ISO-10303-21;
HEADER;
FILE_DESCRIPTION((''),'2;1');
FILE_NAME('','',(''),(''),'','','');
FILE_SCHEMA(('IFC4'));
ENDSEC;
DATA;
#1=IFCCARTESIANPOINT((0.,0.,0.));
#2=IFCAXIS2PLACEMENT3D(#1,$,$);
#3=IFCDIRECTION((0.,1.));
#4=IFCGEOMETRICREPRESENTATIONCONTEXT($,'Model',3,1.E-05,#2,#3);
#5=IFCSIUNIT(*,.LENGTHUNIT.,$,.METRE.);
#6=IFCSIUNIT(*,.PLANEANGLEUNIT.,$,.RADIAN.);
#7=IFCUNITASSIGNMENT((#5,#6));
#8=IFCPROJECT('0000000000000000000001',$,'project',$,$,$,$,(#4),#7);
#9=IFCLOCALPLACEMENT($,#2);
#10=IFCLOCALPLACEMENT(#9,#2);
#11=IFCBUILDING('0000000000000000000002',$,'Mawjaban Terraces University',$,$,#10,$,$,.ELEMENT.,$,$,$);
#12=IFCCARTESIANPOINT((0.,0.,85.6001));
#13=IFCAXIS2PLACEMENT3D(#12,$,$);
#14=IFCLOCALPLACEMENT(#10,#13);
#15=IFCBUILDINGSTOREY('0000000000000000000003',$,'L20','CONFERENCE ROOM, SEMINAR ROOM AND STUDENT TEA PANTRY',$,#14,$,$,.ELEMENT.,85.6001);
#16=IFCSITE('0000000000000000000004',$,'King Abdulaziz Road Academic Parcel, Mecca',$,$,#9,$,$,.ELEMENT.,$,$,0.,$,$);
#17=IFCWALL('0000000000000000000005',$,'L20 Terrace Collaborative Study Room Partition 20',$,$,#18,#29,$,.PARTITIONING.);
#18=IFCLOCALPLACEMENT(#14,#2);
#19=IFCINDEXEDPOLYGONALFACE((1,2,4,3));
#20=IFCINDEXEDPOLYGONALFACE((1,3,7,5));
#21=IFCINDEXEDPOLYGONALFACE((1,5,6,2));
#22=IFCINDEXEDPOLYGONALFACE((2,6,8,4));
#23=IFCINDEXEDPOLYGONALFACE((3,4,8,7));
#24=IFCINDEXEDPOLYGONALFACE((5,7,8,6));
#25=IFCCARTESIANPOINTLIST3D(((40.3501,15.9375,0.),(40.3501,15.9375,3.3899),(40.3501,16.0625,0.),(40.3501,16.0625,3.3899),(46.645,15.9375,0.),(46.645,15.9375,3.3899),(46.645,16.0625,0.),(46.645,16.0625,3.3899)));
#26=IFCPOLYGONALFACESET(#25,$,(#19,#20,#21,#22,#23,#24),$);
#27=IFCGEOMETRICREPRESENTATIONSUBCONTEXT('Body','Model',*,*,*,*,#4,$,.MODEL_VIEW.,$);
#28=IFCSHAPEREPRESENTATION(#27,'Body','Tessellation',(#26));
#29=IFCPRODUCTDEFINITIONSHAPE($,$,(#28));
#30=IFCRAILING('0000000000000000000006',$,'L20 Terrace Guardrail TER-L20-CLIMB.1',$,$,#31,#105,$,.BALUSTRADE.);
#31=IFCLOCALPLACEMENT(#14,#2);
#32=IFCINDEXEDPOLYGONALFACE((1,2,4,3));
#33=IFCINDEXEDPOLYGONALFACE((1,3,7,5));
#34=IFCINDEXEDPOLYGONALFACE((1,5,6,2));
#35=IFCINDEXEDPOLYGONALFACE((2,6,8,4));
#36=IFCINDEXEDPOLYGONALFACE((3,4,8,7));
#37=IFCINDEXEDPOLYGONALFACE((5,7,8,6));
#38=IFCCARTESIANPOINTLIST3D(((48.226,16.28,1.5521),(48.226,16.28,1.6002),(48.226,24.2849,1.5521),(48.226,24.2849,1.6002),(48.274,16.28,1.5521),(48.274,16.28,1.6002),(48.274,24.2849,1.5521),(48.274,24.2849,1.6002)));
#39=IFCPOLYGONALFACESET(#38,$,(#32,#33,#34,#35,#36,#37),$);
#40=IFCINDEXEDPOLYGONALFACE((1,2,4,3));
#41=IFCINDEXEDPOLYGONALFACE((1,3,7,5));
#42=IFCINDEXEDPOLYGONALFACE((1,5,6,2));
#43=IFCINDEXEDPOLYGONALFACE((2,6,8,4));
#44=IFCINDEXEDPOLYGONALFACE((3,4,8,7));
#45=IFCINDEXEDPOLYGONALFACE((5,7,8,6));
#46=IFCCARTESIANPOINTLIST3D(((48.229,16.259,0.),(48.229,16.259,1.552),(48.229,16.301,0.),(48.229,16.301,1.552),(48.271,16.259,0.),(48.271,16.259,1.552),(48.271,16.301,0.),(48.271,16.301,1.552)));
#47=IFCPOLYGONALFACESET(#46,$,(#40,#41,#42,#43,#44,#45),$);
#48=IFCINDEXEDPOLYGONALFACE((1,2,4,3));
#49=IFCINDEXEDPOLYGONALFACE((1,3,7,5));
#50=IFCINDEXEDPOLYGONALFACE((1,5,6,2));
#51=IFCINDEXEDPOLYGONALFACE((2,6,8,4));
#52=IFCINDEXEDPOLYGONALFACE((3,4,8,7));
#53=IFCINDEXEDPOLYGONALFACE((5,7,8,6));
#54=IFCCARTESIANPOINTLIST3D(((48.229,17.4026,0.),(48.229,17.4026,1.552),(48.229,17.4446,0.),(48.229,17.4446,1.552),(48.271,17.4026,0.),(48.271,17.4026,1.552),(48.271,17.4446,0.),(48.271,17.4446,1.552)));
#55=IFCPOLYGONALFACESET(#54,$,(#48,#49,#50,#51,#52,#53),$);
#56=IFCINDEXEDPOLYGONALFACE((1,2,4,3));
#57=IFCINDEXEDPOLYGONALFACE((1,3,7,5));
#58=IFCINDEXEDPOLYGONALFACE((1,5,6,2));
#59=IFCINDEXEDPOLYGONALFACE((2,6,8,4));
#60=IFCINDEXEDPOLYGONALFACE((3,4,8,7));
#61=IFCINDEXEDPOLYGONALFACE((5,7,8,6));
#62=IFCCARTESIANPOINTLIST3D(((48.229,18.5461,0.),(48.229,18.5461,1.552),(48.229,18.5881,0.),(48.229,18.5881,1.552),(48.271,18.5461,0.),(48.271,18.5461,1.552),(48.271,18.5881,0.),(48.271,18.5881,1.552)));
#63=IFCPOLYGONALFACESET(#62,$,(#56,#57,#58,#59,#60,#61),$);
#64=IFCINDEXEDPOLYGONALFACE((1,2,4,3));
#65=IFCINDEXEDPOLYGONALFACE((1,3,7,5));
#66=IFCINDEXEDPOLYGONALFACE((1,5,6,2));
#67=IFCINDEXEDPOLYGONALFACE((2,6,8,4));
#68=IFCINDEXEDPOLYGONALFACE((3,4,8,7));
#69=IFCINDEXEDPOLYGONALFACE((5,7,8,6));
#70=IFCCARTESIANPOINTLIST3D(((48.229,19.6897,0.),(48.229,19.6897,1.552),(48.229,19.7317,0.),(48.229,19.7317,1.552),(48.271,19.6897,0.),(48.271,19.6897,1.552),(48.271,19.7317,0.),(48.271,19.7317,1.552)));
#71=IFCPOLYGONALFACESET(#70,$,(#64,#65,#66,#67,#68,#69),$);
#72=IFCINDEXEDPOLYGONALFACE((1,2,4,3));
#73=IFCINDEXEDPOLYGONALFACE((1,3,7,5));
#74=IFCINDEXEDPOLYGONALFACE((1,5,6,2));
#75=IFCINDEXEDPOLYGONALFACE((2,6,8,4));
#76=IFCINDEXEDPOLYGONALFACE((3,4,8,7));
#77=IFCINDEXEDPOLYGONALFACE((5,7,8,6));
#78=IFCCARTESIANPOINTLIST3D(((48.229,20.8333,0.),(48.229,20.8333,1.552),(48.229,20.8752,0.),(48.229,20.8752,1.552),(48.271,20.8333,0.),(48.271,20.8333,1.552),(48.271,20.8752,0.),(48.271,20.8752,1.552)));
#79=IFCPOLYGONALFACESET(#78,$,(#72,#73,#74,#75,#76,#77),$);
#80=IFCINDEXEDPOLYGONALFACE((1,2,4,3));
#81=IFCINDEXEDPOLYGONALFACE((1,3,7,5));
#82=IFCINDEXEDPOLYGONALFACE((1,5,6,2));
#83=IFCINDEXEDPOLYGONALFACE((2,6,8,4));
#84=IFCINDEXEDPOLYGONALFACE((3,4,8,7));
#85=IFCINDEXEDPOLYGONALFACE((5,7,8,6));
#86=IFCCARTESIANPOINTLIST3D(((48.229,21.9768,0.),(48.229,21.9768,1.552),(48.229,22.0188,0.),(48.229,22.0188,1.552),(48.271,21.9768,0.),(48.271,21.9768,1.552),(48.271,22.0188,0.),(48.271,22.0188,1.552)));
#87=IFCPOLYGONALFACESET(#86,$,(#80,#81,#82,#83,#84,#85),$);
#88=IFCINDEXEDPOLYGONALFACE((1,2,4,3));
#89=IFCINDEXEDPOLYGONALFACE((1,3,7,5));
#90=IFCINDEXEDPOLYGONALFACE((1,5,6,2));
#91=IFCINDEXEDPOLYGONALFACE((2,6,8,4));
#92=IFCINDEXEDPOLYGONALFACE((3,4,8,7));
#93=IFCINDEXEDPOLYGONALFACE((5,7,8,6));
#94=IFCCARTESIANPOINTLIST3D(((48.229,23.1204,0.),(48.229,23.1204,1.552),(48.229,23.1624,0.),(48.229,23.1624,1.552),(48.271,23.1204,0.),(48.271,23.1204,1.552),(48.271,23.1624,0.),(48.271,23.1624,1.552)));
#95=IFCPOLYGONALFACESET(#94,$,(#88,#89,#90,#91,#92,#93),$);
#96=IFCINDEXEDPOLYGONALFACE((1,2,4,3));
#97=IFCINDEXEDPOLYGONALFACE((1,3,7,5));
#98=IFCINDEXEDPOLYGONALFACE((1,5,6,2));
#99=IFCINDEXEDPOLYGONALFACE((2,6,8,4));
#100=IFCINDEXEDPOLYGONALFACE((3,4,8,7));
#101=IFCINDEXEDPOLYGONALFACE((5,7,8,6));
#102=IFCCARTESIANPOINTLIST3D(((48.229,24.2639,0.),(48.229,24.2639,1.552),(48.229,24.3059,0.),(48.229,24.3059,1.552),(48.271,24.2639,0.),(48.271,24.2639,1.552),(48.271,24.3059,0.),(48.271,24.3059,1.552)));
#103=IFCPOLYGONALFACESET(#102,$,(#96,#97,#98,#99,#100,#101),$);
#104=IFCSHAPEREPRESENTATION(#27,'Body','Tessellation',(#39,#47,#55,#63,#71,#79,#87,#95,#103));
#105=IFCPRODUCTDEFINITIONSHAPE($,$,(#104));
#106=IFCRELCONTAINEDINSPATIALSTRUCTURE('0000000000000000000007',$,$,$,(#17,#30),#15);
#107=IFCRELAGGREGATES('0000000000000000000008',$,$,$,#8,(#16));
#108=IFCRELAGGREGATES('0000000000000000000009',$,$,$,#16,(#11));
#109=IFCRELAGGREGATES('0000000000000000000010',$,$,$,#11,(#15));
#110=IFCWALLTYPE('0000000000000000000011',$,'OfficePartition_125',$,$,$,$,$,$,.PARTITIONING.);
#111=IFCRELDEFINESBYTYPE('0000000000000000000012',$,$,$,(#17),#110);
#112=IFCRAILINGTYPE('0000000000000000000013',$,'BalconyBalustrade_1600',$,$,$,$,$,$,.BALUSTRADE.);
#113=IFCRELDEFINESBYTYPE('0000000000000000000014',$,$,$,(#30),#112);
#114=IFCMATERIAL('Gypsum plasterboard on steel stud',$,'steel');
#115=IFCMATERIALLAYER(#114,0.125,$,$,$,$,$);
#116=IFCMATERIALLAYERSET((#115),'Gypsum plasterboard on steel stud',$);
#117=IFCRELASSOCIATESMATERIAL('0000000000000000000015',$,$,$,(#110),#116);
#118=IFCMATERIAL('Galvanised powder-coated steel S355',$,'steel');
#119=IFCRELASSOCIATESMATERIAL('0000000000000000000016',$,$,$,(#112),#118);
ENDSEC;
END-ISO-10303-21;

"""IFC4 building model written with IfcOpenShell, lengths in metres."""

from ifc_helpers import new_model, si_unit, direction, frame, frame_2d, origin, origin_2d, place, context, subcontext, project, spatial, rectangle, extrude, material, layer, layer_set, type_object, element, save


model = new_model("IFC4")

# Units and contexts
model_context = context("Model", 3, precision=1e-05, world=origin(), true_north=direction((0.0, 1.0)))
body_context = subcontext(model_context, "Body", "Model", "MODEL_VIEW")
ifc_project = project(units=[si_unit("LENGTHUNIT", "METRE"), si_unit("PLANEANGLEUNIT", "RADIAN")], contexts=[model_context])

# Site, building, storey
site_placement = place(None, origin())
site = spatial("IfcSite", under=ifc_project, at=site_placement, Name="King Abdulaziz Road Academic Parcel, Mecca", CompositionType="ELEMENT", RefElevation=0.0)
building_placement = place(site_placement, origin())
building = spatial("IfcBuilding", under=site, at=building_placement, Name="Mawjaban Terraces University", CompositionType="ELEMENT")
storey_placement = place(building_placement, frame((0.0, 0.0, 85.6001)))
storey = spatial("IfcBuildingStorey", under=building, at=storey_placement, Name="L20", Description="CONFERENCE ROOM, SEMINAR ROOM AND STUDENT TEA PANTRY", CompositionType="ELEMENT", Elevation=85.6001)

# Wall
ifc_material_1 = material(Name="Gypsum plasterboard on steel stud", Category="steel")
ifc_layer_1 = layer(ifc_material_1, 0.125)
ifc_layer_set_1 = layer_set([ifc_layer_1], Name="Gypsum plasterboard on steel stud")
wall_type_1 = type_object("IfcWallType", Name="OfficePartition_125", PredefinedType="PARTITIONING", material=ifc_layer_set_1)
wall_1_placement = place(storey_placement, frame((40.3501, 16.0, 0.0), z_axis=(0.0, 0.0, 1.0), x_axis=(1.0, 0.0, 0.0)))
element("IfcWall", 1, at=wall_1_placement, inside=storey, type_object=wall_type_1, Name="L20 Terrace Collaborative Study Room Partition 20", PredefinedType="PARTITIONING", context=body_context, shape_type="SweptSolid", body=[
    extrude(rectangle(XDim=6.2949, YDim=0.125, at=frame_2d((3.1475, 0.0))), origin(), (0.0, 0.0, 1.0), 3.3899),
])

# Railing
ifc_material_2 = material(Name="Galvanised powder-coated steel S355", Category="steel")
railing_type = type_object("IfcRailingType", Name="BalconyBalustrade_1600", PredefinedType="BALUSTRADE", material=ifc_material_2)
railing_1_placement = place(storey_placement, frame((48.25, 16.28, 0.0)))
element("IfcRailing", 2, at=railing_1_placement, inside=storey, type_object=railing_type, Name="L20 Terrace Guardrail TER-L20-CLIMB.1", PredefinedType="BALUSTRADE", context=body_context, shape_type="SweptSolid", body=[
    extrude(rectangle(XDim=0.0481, YDim=0.0481, at=origin_2d()), frame((0.0, 0.0, 1.5762), z_axis=(0.0, 1.0, 0.0), x_axis=(-1.0, 0.0, 0.0)), (0.0, 0.0, 1.0), 8.0049),
    extrude(rectangle(XDim=0.042, YDim=0.042, at=origin_2d()), origin(), (0.0, 0.0, 1.0), 1.552),
    extrude(rectangle(XDim=0.042, YDim=0.042, at=origin_2d()), frame((0.0, 1.1436, 0.0)), (0.0, 0.0, 1.0), 1.552),
    extrude(rectangle(XDim=0.042, YDim=0.042, at=origin_2d()), frame((0.0, 2.2871, 0.0)), (0.0, 0.0, 1.0), 1.552),
    extrude(rectangle(XDim=0.042, YDim=0.042, at=origin_2d()), frame((0.0, 3.4307, 0.0)), (0.0, 0.0, 1.0), 1.552),
    extrude(rectangle(XDim=0.042, YDim=0.042, at=origin_2d()), frame((0.0, 4.5742, 0.0)), (0.0, 0.0, 1.0), 1.552),
    extrude(rectangle(XDim=0.042, YDim=0.042, at=origin_2d()), frame((0.0, 5.7178, 0.0)), (0.0, 0.0, 1.0), 1.552),
    extrude(rectangle(XDim=0.042, YDim=0.042, at=origin_2d()), frame((0.0, 6.8613, 0.0)), (0.0, 0.0, 1.0), 1.552),
    extrude(rectangle(XDim=0.042, YDim=0.042, at=origin_2d()), frame((0.0, 8.0049, 0.0)), (0.0, 0.0, 1.0), 1.552),
])

save(model, "model.ifc")
